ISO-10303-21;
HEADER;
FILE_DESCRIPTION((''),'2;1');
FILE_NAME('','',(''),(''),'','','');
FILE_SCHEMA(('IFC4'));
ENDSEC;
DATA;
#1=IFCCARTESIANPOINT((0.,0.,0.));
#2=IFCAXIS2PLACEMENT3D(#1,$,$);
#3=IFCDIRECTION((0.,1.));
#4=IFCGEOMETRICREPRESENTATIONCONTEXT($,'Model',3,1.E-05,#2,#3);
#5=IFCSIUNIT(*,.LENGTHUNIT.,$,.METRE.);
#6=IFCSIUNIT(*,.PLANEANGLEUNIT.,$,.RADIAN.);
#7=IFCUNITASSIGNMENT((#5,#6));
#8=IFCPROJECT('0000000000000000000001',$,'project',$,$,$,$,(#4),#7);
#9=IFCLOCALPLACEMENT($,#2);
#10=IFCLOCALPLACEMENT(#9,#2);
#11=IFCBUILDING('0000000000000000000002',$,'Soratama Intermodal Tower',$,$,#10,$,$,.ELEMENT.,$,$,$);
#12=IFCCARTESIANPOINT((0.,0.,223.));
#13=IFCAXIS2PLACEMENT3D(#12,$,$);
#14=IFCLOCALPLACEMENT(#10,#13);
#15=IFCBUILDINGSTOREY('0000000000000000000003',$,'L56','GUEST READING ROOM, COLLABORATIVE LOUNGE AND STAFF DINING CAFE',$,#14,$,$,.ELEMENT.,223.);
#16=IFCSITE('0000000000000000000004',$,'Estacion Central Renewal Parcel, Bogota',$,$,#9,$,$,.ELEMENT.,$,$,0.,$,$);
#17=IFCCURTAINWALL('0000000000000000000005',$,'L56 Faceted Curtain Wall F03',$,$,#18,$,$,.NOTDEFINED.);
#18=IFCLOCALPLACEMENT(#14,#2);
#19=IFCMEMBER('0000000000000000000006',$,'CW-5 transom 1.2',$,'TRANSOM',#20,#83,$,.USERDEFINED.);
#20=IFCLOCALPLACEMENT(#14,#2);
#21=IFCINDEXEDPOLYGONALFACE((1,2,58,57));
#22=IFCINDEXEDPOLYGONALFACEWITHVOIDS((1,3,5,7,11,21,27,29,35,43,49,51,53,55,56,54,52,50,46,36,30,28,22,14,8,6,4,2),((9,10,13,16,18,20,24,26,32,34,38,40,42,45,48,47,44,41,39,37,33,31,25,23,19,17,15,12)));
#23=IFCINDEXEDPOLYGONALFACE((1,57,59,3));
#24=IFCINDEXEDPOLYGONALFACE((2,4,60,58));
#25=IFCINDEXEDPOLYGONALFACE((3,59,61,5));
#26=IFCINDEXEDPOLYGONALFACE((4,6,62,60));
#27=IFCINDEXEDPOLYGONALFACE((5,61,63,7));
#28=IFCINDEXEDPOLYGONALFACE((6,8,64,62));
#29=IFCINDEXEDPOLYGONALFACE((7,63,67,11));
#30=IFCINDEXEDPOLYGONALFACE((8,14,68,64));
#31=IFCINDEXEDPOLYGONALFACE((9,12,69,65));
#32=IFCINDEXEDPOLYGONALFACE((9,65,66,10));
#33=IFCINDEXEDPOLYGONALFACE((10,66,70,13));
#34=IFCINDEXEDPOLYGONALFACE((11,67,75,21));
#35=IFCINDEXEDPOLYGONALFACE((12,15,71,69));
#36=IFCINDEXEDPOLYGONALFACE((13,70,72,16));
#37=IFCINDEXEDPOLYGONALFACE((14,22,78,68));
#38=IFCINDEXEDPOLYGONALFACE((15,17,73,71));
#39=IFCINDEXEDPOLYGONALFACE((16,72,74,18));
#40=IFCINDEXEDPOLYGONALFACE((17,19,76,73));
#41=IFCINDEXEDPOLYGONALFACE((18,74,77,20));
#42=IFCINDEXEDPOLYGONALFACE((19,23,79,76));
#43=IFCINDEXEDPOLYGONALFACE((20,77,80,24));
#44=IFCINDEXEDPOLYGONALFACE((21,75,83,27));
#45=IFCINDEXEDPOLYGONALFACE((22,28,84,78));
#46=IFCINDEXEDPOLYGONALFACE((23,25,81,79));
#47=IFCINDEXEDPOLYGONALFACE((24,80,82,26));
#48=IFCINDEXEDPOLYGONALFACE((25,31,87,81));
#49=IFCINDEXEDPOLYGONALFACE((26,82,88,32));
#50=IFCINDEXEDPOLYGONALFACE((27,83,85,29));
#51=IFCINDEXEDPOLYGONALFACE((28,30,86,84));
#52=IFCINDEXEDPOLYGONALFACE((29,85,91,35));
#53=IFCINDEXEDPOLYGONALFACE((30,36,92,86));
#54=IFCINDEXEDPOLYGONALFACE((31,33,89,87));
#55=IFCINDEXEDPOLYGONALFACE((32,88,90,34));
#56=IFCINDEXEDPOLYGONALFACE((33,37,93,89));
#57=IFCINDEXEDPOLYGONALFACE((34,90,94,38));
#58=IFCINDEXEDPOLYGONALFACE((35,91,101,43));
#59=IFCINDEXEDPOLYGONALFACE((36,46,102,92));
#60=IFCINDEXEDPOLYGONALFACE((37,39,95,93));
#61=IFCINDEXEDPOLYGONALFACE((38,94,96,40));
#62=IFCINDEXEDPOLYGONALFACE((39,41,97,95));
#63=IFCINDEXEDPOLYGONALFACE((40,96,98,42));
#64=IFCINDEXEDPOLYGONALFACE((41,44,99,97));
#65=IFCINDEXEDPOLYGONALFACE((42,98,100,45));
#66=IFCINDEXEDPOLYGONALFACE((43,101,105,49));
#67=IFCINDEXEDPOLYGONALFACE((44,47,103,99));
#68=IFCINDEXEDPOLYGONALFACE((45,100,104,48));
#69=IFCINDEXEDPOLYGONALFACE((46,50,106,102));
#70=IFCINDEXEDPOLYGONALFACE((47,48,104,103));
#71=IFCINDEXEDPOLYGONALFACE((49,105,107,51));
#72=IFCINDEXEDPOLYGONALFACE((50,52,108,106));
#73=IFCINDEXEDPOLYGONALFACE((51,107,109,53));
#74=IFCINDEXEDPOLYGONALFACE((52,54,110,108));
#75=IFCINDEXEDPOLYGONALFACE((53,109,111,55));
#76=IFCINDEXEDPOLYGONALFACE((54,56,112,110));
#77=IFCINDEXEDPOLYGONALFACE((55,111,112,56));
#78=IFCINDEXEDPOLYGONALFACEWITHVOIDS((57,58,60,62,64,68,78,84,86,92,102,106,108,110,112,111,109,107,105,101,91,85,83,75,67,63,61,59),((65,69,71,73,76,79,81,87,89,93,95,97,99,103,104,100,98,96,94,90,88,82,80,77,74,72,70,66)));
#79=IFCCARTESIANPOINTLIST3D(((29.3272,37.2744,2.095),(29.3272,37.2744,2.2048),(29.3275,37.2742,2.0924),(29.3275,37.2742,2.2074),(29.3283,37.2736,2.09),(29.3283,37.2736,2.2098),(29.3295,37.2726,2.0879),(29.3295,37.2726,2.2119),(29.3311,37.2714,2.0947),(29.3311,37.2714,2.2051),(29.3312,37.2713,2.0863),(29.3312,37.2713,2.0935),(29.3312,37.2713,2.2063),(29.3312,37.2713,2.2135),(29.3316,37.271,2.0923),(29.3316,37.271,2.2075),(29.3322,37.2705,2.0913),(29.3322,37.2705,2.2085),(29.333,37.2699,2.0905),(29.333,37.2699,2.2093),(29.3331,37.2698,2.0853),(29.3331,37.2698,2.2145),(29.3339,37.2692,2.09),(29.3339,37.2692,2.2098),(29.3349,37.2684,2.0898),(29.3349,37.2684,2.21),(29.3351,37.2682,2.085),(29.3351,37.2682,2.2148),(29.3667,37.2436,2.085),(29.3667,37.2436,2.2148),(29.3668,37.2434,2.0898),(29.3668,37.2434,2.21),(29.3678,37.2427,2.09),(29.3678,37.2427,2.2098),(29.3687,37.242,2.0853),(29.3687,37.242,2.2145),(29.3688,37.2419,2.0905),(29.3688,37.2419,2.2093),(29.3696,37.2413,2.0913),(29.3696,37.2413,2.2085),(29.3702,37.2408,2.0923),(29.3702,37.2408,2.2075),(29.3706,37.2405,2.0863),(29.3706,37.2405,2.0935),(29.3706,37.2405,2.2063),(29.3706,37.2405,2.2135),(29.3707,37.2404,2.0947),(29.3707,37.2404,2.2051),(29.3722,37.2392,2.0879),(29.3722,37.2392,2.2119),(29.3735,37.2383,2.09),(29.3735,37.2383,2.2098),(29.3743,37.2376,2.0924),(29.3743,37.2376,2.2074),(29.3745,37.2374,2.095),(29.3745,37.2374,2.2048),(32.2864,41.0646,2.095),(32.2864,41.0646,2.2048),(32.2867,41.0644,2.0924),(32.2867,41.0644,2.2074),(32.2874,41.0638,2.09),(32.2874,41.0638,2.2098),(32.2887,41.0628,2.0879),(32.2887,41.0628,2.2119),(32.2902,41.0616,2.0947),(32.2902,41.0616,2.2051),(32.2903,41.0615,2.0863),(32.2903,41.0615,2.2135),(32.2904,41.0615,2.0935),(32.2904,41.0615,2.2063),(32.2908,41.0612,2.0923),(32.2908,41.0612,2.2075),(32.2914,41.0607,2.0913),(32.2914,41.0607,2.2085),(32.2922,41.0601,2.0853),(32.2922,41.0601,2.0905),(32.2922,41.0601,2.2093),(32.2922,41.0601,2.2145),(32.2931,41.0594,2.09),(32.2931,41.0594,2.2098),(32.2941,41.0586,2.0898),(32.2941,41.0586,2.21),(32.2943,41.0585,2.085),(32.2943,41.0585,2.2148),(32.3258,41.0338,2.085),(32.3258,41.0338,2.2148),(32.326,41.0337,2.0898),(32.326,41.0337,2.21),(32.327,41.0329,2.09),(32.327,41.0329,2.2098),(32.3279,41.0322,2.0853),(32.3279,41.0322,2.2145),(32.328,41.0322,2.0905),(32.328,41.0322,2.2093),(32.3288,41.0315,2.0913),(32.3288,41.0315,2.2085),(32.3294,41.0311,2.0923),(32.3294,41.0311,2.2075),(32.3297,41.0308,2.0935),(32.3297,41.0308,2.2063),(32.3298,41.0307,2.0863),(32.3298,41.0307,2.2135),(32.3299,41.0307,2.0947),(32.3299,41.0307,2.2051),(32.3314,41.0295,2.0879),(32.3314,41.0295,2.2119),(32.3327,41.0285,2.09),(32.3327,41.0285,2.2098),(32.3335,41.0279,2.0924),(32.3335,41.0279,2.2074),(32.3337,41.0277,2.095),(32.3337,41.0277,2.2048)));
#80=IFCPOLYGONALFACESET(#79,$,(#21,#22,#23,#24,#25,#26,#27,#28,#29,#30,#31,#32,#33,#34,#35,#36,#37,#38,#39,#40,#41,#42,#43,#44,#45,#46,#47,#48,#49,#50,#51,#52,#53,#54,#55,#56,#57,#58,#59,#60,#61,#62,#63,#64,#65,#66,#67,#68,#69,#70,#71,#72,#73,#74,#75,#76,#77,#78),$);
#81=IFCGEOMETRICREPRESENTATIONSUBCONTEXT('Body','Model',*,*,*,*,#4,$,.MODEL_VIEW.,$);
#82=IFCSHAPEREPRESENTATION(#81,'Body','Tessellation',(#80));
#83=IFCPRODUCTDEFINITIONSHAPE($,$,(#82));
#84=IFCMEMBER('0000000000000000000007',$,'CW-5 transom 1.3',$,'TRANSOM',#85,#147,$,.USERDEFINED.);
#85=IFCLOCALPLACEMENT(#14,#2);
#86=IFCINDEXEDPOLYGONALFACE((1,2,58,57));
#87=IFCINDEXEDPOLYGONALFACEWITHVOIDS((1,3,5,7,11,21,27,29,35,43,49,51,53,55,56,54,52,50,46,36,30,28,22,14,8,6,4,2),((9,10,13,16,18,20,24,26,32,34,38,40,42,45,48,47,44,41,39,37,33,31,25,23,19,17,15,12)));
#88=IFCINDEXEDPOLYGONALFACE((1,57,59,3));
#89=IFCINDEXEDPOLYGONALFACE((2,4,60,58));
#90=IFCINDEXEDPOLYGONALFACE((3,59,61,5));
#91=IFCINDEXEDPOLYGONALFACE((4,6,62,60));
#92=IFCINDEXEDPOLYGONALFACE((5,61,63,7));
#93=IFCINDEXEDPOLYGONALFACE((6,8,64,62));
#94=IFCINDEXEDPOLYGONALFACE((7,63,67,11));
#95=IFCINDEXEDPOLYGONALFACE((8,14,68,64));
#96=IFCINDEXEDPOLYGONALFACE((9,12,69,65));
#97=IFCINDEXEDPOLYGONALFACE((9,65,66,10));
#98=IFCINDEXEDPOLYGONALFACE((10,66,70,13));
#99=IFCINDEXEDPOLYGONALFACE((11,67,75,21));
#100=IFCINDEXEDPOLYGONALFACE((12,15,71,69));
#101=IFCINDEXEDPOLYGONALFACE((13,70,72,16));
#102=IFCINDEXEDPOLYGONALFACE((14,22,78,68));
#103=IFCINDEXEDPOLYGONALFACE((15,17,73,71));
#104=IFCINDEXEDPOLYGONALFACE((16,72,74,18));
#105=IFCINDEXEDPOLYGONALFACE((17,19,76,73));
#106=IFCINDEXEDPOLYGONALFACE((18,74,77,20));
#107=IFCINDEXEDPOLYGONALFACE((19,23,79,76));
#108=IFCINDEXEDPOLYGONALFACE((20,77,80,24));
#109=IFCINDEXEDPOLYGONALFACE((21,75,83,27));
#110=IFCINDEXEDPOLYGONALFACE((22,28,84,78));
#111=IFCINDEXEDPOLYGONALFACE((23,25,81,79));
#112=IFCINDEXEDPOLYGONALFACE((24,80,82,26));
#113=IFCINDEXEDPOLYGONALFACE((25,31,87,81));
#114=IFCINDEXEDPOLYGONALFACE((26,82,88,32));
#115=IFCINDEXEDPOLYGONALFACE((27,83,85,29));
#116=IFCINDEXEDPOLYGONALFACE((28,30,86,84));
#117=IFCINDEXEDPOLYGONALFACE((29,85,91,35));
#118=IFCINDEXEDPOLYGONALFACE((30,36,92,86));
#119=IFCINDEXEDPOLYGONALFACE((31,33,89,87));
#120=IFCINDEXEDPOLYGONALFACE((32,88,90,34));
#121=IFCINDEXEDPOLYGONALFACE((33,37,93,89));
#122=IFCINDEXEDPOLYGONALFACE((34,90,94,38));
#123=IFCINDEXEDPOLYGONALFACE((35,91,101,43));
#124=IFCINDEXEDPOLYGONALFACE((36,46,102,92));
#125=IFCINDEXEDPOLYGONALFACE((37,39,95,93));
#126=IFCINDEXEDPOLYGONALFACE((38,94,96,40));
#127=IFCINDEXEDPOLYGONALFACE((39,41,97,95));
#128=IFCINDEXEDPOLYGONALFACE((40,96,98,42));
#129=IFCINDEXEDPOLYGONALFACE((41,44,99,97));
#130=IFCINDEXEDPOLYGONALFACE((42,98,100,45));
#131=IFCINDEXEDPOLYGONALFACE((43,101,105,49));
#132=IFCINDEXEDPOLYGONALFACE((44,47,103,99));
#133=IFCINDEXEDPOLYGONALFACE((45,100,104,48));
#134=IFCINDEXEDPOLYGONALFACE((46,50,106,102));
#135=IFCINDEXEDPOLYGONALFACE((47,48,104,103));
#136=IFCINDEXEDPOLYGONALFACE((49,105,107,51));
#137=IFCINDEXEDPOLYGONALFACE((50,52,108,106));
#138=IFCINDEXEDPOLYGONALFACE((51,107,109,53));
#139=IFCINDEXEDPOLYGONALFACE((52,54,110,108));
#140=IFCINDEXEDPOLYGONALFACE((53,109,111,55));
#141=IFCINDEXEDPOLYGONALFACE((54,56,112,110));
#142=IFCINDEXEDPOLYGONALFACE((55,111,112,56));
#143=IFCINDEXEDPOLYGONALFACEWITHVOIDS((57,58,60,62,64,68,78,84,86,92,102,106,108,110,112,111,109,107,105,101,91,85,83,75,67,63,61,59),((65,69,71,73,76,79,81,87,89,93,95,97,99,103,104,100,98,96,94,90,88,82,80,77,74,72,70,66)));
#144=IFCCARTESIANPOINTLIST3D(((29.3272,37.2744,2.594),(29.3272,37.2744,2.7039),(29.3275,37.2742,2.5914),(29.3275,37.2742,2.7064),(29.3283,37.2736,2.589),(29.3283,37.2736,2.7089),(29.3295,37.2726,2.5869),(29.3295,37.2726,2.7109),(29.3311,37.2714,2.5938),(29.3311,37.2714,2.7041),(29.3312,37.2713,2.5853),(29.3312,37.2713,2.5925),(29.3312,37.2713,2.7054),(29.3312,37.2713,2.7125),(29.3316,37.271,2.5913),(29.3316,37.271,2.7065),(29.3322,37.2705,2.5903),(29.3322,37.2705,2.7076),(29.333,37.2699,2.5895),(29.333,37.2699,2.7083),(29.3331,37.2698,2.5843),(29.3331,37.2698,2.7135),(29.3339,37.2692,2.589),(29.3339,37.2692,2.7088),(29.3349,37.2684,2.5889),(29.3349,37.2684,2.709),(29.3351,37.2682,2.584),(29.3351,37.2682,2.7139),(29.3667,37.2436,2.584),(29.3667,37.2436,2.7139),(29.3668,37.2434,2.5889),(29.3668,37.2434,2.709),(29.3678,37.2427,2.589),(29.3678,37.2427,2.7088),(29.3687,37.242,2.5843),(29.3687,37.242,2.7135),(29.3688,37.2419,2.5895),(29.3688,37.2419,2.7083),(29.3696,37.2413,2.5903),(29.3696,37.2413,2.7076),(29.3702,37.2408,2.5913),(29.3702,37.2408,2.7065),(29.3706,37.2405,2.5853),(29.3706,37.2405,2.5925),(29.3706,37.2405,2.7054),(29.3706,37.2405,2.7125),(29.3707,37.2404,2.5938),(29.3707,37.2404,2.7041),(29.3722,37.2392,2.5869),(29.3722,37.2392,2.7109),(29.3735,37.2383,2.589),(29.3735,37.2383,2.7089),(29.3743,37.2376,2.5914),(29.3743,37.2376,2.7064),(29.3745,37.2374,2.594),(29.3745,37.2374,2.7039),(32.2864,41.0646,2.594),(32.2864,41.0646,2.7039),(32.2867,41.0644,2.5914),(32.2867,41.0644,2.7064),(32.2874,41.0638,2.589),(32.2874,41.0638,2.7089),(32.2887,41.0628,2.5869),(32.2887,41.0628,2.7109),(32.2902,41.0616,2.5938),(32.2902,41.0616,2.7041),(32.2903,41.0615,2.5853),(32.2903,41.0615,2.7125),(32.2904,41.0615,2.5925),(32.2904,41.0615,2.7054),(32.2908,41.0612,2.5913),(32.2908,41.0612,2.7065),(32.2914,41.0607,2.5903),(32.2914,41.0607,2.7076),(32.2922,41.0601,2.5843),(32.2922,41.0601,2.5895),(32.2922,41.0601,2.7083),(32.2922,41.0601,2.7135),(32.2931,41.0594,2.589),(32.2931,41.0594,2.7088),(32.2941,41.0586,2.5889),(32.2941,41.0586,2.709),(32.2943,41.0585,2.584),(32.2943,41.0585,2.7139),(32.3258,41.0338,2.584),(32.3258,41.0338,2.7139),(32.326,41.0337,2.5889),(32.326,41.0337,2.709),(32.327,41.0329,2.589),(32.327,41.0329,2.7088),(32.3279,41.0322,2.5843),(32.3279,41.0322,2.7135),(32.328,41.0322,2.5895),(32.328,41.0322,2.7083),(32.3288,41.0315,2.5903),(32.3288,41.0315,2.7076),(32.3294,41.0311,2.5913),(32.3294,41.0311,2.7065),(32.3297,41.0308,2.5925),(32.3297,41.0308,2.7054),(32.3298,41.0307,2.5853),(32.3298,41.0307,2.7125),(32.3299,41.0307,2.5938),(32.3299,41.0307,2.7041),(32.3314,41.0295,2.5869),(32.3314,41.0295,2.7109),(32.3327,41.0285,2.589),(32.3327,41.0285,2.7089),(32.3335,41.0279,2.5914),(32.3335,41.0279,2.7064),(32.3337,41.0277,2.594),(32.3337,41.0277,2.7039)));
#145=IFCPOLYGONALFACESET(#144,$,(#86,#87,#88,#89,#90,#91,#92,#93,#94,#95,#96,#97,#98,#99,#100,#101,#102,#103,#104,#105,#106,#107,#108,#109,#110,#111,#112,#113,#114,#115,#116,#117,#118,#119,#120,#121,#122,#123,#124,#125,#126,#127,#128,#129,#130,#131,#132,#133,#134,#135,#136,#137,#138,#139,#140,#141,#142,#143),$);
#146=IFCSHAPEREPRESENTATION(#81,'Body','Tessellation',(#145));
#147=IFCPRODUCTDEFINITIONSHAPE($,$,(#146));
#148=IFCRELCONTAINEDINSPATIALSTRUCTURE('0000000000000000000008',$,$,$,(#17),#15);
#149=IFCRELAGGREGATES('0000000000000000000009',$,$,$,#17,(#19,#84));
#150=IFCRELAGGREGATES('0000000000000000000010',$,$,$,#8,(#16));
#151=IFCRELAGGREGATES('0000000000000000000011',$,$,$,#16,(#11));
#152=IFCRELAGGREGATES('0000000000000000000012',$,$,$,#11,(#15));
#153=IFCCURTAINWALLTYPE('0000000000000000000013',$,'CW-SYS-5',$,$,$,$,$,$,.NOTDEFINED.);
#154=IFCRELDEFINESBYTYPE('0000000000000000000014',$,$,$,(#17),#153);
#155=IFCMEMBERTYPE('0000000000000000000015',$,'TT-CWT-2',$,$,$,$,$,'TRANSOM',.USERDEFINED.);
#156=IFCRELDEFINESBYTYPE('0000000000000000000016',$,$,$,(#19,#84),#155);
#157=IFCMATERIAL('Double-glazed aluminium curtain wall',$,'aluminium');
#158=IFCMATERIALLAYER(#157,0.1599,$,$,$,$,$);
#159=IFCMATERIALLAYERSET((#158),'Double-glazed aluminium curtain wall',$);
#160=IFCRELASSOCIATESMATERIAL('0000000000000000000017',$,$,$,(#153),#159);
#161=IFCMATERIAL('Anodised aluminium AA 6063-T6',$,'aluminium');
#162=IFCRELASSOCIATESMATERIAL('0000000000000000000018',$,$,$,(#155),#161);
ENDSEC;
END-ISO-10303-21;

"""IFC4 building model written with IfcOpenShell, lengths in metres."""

from ifc_helpers import new_model, si_unit, direction, frame, origin, origin_2d, place, context, subcontext, project, spatial, hollow_rectangle, extrude, material, layer, layer_set, material_profile, profile_set, type_object, element, aggregate, save


model = new_model("IFC4")

# Units and contexts
model_context = context("Model", 3, precision=1e-05, world=origin(), true_north=direction((0.0, 1.0)))
body_context = subcontext(model_context, "Body", "Model", "MODEL_VIEW")
ifc_project = project(units=[si_unit("LENGTHUNIT", "METRE"), si_unit("PLANEANGLEUNIT", "RADIAN")], contexts=[model_context])

# Site, building, storey
site_placement = place(None, origin())
site = spatial("IfcSite", under=ifc_project, at=site_placement, Name="Estacion Central Renewal Parcel, Bogota", CompositionType="ELEMENT", RefElevation=0.0)
building_placement = place(site_placement, origin())
building = spatial("IfcBuilding", under=site, at=building_placement, Name="Soratama Intermodal Tower", CompositionType="ELEMENT")
storey_placement = place(building_placement, frame((0.0, 0.0, 223.0)))
storey = spatial("IfcBuildingStorey", under=building, at=storey_placement, Name="L56", Description="GUEST READING ROOM, COLLABORATIVE LOUNGE AND STAFF DINING CAFE", CompositionType="ELEMENT", Elevation=223.0)

# Curtain wall, members
ifc_material_1 = material(Name="Double-glazed aluminium curtain wall", Category="aluminium")
ifc_layer_1 = layer(ifc_material_1, 0.1599)
ifc_layer_set_1 = layer_set([ifc_layer_1], Name="Double-glazed aluminium curtain wall")
curtain_wall_type = type_object("IfcCurtainWallType", Name="CW-SYS-5", PredefinedType="NOTDEFINED", material=ifc_layer_set_1)
curtain_wall_placement = place(storey_placement, origin())
curtain_wall = element("IfcCurtainWall", 1, at=curtain_wall_placement, inside=storey, type_object=curtain_wall_type, Name="L56 Faceted Curtain Wall F03", PredefinedType="NOTDEFINED")
ifc_material_2 = material(Name="Anodised aluminium AA 6063-T6", Category="aluminium")
ifc_material_profile_1 = material_profile(ifc_material_2, hollow_rectangle(XDim=0.0601, YDim=0.1299, WallThickness=0.0049, InnerFilletRadius=0.0049, OuterFilletRadius=0.01, at=origin_2d()), Name="CWT130X60X5")
ifc_profile_set_1 = profile_set([ifc_material_profile_1], Name="Anodised aluminium AA 6063-T6")
member_type_1 = type_object("IfcMemberType", Name="TT-CWT-2", ElementType="TRANSOM", PredefinedType="USERDEFINED", material=ifc_profile_set_1)
member_1_placement = place(storey_placement, frame((32.3101, 41.0461, 2.1499), z_axis=(-0.615395, -0.788219, 0.0), x_axis=(0.788219, -0.615395, 0.0)))
member_1 = element("IfcMember", 2, at=member_1_placement, type_object=member_type_1, Name="CW-5 transom 1.2", ObjectType="TRANSOM", PredefinedType="USERDEFINED", context=body_context, shape_type="SweptSolid", body=[
    extrude(hollow_rectangle(XDim=0.0601, YDim=0.1299, WallThickness=0.0049, InnerFilletRadius=0.0049, OuterFilletRadius=0.01, at=origin_2d()), origin(), (0.0, 0.0, 1.0), 4.8086),
])
member_2_placement = place(storey_placement, frame((32.3101, 41.0461, 2.6489), z_axis=(-0.615395, -0.788219, 0.0), x_axis=(0.788219, -0.615395, 0.0)))
member_2 = element("IfcMember", 3, at=member_2_placement, type_object=member_type_1, Name="CW-5 transom 1.3", ObjectType="TRANSOM", PredefinedType="USERDEFINED", context=body_context, shape_type="SweptSolid", body=[
    extrude(hollow_rectangle(XDim=0.0601, YDim=0.1299, WallThickness=0.0049, InnerFilletRadius=0.0049, OuterFilletRadius=0.01, at=origin_2d()), origin(), (0.0, 0.0, 1.0), 4.8086),
])
aggregate(curtain_wall, [member_1, member_2])

save(model, "model.ifc")
